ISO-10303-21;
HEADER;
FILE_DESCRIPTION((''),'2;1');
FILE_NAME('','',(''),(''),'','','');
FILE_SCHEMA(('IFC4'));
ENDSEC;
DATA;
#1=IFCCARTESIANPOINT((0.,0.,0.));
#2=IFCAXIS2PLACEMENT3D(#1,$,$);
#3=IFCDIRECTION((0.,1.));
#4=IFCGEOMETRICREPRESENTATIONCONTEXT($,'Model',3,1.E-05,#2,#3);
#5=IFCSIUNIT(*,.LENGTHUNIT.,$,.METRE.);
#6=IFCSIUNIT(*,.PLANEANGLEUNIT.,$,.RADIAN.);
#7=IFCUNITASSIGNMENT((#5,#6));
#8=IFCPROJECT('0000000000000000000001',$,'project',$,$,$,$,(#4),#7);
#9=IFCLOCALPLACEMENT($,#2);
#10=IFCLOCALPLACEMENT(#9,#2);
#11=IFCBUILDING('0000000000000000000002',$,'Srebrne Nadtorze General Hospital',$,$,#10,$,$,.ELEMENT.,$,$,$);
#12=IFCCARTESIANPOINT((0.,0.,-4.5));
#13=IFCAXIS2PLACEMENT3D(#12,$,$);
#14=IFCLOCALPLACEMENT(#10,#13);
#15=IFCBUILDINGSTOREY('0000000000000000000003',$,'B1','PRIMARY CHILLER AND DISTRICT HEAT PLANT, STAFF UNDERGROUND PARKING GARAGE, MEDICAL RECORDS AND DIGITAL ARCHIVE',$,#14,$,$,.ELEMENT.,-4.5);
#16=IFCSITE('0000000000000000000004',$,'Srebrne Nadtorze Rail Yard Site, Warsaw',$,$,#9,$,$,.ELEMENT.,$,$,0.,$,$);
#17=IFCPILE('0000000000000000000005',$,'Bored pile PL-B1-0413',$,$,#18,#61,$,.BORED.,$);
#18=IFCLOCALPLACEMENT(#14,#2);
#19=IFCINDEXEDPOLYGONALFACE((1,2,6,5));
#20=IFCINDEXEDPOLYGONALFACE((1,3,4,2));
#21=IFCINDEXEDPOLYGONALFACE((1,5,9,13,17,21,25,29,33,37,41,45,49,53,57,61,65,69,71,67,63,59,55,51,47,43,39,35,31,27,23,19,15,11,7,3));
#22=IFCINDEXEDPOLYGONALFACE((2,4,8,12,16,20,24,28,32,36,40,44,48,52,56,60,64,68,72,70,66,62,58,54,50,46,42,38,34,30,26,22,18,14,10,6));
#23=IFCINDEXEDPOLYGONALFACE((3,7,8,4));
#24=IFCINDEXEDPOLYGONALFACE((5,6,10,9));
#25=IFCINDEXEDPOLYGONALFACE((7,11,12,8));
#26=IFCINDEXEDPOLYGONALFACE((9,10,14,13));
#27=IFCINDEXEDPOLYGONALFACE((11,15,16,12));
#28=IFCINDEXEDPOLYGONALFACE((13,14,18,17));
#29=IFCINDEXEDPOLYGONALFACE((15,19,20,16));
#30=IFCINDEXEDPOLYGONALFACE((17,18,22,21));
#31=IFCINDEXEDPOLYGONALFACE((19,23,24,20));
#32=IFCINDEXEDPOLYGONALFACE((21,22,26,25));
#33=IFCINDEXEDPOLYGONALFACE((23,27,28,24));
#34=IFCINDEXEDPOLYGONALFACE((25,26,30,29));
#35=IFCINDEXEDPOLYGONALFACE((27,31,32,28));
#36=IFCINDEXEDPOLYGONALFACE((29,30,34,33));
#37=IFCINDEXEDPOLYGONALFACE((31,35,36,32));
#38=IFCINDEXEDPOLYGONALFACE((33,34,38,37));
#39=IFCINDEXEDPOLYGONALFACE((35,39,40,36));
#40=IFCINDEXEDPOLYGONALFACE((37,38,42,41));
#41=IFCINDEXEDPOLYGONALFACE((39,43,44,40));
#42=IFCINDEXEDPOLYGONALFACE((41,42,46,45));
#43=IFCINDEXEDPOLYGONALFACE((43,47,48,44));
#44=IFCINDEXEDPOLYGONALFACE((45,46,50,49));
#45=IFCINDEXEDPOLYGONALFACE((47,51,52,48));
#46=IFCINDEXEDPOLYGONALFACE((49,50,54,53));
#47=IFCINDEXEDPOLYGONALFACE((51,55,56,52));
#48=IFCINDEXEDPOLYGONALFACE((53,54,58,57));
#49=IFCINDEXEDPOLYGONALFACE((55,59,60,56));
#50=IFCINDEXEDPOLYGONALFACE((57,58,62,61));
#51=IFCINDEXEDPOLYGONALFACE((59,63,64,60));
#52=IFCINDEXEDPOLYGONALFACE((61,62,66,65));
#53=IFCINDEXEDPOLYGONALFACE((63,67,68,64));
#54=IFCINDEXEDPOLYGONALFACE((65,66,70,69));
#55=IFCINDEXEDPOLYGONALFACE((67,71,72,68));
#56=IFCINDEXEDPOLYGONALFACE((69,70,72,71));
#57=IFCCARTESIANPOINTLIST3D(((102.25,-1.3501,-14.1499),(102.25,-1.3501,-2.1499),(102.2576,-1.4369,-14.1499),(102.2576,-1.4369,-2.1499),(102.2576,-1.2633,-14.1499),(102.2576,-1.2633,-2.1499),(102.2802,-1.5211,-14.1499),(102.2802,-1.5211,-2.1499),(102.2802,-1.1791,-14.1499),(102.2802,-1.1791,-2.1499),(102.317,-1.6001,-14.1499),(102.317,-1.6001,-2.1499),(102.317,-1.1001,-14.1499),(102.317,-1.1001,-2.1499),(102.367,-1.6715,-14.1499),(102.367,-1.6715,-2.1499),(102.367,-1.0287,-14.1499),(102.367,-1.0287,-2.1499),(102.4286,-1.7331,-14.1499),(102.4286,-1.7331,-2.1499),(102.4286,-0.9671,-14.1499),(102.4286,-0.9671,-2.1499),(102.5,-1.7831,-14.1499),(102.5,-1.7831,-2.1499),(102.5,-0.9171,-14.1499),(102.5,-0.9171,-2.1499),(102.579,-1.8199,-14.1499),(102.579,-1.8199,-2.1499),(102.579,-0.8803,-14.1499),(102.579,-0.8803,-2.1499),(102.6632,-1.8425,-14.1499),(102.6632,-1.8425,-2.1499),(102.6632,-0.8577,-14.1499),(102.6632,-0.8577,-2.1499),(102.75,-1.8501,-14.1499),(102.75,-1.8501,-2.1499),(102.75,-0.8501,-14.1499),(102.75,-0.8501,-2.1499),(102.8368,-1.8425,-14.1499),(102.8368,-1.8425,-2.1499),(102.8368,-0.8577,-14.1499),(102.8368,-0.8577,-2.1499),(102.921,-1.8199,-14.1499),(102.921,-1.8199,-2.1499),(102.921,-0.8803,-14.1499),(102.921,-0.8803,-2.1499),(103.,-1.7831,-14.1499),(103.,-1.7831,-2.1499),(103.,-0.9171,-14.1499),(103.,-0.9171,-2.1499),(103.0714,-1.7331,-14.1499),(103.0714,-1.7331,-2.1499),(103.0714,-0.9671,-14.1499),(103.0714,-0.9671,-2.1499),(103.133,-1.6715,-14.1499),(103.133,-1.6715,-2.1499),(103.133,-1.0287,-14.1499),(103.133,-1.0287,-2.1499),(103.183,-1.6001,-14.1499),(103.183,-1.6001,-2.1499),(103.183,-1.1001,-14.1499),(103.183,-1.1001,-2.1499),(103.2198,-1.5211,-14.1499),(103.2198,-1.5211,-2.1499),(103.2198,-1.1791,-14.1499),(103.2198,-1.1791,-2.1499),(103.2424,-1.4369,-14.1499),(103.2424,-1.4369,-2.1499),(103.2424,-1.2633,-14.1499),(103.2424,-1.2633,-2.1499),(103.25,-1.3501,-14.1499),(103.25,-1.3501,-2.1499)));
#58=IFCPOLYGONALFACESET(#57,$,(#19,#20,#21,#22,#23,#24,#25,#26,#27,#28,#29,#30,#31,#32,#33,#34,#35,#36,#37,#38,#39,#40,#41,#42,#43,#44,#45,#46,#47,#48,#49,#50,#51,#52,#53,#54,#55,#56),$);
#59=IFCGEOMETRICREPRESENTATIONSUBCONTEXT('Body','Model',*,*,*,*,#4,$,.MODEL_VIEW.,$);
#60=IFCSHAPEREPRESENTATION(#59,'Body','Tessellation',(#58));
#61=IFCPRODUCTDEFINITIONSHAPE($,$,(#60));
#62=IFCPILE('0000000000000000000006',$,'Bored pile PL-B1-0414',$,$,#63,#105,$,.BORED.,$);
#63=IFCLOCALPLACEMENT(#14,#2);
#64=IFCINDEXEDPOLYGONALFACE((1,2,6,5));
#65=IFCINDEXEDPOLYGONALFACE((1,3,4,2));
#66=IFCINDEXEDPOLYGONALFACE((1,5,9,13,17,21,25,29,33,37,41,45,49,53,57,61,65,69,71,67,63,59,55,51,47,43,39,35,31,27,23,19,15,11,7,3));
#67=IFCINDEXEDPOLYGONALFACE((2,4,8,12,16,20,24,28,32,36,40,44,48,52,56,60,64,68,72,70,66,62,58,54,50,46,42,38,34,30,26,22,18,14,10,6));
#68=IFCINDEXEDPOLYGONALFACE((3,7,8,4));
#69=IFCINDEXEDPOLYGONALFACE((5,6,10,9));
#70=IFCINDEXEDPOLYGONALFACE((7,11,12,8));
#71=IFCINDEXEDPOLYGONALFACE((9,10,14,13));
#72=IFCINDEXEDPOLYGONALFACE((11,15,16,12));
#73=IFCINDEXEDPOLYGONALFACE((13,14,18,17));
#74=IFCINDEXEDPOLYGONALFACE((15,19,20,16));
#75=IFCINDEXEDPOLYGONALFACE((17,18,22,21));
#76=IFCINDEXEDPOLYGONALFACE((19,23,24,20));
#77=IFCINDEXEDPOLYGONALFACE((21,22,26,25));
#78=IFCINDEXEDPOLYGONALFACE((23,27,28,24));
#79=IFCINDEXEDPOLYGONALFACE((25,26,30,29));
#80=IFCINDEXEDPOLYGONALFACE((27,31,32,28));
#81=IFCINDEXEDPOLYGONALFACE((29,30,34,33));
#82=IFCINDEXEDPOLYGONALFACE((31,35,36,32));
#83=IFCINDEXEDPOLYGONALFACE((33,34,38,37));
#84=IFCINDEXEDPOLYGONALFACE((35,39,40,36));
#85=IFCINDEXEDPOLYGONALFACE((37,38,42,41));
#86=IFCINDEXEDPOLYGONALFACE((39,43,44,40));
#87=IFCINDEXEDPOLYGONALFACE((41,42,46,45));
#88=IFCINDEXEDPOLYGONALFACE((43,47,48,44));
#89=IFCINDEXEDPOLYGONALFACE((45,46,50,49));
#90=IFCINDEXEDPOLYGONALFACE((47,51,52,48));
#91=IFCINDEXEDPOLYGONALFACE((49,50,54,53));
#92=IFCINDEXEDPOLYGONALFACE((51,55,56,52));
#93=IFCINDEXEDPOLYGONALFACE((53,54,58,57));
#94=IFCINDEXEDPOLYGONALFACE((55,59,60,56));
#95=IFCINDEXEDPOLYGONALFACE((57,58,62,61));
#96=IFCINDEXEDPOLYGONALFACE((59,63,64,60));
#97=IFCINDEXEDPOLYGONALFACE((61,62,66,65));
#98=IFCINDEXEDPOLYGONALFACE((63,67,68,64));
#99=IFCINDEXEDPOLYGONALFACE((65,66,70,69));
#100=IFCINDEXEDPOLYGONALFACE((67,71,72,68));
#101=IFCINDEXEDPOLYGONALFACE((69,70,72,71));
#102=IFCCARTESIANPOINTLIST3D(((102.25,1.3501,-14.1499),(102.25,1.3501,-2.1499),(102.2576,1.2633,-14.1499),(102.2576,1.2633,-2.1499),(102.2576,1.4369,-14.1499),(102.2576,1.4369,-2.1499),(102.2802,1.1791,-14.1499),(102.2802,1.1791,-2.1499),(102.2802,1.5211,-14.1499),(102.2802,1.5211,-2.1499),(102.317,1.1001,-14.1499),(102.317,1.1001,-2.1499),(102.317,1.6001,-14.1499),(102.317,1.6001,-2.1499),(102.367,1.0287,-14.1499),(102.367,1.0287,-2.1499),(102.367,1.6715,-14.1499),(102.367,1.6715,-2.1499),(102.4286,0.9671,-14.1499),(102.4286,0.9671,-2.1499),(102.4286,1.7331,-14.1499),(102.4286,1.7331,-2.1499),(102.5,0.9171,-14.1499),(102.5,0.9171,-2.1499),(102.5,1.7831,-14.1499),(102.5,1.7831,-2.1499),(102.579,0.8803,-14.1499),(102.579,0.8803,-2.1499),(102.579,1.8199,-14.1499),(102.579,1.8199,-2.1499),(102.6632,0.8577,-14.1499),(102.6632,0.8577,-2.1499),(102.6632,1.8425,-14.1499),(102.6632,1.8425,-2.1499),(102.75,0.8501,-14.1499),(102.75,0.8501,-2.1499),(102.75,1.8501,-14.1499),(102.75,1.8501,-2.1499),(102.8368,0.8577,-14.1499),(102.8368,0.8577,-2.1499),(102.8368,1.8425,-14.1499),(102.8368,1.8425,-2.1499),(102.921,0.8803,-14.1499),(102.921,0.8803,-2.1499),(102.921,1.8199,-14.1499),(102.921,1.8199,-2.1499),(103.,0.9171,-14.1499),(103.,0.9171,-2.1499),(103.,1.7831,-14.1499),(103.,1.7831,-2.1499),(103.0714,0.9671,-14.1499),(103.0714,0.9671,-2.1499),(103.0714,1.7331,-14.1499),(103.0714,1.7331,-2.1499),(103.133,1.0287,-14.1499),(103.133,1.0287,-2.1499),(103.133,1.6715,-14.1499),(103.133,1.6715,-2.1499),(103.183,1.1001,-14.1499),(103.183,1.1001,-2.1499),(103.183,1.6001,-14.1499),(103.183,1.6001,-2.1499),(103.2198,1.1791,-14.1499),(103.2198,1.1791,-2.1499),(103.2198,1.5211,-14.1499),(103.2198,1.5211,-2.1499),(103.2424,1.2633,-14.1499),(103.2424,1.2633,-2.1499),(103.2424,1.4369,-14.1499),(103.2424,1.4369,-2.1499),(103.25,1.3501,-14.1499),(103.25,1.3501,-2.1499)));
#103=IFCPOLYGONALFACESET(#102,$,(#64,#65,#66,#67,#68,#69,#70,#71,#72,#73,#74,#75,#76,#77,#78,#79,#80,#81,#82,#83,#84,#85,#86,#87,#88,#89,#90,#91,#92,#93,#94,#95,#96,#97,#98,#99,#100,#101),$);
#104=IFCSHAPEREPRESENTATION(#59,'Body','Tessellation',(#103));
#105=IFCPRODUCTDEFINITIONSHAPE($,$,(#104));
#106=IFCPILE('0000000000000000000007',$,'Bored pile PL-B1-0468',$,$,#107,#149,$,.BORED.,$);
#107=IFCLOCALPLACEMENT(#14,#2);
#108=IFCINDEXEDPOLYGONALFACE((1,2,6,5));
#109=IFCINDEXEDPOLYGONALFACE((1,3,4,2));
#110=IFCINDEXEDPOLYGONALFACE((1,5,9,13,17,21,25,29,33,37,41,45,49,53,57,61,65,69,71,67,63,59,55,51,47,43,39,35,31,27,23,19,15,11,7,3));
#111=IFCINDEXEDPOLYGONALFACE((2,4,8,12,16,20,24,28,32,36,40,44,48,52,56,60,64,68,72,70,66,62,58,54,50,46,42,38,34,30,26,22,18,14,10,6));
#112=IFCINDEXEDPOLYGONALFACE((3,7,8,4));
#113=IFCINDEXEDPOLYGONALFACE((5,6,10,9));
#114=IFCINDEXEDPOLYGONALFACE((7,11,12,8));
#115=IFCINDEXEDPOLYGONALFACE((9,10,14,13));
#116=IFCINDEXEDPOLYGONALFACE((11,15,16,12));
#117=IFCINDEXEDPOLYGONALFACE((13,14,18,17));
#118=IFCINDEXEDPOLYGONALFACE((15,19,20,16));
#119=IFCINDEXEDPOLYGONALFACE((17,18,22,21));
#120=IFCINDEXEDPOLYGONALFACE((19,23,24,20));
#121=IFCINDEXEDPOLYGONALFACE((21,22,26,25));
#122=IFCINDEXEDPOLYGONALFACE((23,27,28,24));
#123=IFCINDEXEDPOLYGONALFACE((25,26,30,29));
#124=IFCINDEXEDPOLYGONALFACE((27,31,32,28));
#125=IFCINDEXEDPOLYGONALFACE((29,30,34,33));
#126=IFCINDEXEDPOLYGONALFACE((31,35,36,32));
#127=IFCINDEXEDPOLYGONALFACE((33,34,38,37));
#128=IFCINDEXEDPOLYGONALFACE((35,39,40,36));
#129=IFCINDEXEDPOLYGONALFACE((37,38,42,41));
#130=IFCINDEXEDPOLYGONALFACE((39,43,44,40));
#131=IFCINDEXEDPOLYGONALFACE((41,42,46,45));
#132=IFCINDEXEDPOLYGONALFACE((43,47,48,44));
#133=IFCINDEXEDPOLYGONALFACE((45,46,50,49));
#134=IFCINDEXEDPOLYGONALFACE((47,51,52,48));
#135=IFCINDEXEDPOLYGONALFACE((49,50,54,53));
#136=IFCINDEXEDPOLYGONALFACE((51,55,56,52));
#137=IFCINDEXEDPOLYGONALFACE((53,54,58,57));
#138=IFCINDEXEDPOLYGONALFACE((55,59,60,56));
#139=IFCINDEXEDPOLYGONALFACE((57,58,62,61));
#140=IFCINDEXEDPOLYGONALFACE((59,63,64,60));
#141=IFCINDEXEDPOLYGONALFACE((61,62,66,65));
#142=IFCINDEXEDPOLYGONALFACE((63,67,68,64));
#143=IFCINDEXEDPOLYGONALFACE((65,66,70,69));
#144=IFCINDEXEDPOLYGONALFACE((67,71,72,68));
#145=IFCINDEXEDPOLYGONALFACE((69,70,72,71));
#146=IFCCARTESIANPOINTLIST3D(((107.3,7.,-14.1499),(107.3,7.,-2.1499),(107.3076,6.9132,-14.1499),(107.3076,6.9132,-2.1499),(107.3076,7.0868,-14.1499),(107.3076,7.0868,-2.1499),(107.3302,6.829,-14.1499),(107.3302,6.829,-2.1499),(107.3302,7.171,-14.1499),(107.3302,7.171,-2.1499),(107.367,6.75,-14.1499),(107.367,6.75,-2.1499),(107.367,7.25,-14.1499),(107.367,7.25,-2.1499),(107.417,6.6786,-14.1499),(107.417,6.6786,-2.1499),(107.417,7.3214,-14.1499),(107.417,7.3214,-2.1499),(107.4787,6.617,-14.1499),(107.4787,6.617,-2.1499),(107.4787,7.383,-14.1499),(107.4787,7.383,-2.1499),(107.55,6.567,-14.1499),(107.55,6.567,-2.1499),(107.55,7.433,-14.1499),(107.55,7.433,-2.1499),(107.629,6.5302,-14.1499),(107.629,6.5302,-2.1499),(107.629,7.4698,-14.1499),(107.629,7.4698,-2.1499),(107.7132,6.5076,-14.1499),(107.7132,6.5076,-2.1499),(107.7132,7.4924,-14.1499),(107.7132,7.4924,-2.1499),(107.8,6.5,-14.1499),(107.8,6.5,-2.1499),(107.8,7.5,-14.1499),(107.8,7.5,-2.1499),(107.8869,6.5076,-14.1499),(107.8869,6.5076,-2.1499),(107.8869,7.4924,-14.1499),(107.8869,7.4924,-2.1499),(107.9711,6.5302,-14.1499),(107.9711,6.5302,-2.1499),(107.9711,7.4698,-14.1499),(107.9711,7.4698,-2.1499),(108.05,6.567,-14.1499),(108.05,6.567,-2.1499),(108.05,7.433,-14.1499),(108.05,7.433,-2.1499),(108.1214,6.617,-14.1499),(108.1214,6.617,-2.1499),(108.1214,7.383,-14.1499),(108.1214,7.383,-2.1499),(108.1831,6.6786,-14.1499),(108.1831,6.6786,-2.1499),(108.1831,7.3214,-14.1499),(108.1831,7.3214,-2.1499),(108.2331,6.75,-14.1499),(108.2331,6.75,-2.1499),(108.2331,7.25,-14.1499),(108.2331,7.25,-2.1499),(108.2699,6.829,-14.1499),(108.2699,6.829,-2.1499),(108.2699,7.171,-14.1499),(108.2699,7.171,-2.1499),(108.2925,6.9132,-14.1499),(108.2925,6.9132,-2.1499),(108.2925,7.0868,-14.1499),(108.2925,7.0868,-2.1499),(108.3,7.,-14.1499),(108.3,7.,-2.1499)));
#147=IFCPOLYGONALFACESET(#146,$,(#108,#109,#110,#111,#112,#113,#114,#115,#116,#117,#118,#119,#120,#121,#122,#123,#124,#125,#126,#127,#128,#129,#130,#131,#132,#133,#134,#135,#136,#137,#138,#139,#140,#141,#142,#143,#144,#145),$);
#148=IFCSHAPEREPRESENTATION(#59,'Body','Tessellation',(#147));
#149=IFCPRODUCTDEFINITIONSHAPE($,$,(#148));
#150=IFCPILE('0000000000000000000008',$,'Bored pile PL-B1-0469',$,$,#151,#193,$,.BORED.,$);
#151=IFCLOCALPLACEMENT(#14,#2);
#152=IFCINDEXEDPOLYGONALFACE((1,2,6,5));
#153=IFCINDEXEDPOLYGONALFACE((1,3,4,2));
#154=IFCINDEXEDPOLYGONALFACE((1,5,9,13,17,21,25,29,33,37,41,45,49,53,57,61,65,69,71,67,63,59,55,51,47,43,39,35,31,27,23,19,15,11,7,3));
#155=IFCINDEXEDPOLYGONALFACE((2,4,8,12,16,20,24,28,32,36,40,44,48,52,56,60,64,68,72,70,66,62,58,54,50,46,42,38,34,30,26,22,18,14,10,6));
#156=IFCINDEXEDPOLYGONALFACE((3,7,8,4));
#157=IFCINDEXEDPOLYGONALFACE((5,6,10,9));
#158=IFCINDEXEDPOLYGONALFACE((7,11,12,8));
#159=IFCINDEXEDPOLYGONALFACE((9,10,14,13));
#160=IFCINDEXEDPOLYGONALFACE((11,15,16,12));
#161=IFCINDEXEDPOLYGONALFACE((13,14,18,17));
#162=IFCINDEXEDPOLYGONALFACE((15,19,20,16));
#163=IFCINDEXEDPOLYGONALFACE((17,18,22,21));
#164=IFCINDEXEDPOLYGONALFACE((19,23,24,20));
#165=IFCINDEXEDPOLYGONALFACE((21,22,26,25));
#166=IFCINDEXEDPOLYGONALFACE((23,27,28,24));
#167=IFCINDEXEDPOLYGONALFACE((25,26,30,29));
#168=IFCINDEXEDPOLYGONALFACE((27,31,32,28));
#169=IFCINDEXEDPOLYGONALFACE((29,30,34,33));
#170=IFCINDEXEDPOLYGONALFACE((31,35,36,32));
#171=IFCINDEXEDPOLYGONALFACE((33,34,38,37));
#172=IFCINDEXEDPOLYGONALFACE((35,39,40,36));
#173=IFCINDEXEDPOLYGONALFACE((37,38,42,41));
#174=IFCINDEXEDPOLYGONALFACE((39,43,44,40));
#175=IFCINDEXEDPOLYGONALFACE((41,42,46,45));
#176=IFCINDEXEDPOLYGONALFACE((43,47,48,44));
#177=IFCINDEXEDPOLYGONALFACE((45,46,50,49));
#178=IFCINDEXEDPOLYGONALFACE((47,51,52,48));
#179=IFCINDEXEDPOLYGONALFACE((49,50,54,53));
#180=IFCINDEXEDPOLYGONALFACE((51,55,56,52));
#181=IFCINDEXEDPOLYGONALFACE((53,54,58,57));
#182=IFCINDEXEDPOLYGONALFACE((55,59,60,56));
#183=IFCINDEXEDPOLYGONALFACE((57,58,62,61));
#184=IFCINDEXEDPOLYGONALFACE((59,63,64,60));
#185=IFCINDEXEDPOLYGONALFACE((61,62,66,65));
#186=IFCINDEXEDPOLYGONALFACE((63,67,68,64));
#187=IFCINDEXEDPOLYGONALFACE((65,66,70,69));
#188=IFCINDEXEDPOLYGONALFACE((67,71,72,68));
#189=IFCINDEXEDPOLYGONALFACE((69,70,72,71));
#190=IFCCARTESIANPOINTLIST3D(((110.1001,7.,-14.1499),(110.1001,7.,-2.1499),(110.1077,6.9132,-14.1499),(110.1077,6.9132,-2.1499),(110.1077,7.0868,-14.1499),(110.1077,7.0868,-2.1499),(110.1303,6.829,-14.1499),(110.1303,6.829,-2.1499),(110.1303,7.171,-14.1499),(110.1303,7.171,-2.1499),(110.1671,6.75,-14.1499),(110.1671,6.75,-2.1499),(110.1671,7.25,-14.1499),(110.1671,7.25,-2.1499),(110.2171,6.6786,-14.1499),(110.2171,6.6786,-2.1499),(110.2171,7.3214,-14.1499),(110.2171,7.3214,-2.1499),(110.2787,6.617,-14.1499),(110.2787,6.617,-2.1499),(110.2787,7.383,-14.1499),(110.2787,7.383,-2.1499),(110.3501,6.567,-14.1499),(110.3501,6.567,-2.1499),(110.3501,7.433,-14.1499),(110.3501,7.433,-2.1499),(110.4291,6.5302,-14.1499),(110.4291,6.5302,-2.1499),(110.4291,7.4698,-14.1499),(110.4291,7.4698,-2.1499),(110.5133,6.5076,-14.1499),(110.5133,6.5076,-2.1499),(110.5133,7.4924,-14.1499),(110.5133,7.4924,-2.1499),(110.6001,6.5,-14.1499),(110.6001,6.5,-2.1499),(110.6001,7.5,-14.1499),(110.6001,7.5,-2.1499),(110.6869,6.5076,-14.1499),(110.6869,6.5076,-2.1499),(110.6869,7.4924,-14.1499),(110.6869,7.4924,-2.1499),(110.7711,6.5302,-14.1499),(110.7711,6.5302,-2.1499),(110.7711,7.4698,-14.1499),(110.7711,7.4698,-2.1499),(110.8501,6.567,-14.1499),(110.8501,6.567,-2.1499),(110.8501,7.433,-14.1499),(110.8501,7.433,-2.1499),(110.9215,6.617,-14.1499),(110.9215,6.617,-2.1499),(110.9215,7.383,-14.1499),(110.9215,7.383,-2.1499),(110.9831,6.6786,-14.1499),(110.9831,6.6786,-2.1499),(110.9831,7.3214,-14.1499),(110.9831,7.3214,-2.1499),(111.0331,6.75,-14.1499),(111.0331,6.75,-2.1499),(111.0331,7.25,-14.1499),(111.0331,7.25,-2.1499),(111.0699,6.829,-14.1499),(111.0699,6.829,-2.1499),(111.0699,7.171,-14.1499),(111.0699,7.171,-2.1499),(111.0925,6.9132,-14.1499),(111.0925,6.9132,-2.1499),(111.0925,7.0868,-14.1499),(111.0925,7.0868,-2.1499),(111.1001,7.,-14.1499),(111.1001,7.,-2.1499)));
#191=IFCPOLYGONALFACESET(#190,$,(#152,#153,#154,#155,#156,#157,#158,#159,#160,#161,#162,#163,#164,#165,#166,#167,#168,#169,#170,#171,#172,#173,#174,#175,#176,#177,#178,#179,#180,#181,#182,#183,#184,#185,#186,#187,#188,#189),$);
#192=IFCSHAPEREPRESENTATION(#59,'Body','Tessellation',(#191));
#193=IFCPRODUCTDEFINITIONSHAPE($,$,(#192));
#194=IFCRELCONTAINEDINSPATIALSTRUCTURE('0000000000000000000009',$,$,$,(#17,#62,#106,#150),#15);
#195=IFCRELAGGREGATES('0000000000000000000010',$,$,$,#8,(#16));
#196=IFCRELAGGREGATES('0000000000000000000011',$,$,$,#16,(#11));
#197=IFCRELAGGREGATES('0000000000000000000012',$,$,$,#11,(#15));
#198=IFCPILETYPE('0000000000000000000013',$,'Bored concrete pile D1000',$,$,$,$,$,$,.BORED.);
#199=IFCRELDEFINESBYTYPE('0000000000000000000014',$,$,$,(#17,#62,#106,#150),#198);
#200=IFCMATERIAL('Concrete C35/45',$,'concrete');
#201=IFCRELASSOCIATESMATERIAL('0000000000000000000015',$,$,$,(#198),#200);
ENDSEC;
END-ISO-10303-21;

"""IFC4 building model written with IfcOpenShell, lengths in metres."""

from ifc_helpers import new_model, si_unit, direction, frame, origin, origin_2d, place, context, subcontext, project, spatial, circle, extrude, material, material_profile, profile_set, type_object, element, save


model = new_model("IFC4")

# Units and contexts
model_context = context("Model", 3, precision=1e-05, world=origin(), true_north=direction((0.0, 1.0)))
body_context = subcontext(model_context, "Body", "Model", "MODEL_VIEW")
ifc_project = project(units=[si_unit("LENGTHUNIT", "METRE"), si_unit("PLANEANGLEUNIT", "RADIAN")], contexts=[model_context])

# Site, building, storey
site_placement = place(None, origin())
site = spatial("IfcSite", under=ifc_project, at=site_placement, Name="Srebrne Nadtorze Rail Yard Site, Warsaw", CompositionType="ELEMENT", RefElevation=0.0)
building_placement = place(site_placement, origin())
building = spatial("IfcBuilding", under=site, at=building_placement, Name="Srebrne Nadtorze General Hospital", CompositionType="ELEMENT")
storey_placement = place(building_placement, frame((0.0, 0.0, -4.5)))
storey = spatial("IfcBuildingStorey", under=building, at=storey_placement, Name="B1", Description="PRIMARY CHILLER AND DISTRICT HEAT PLANT, STAFF UNDERGROUND PARKING GARAGE, MEDICAL RECORDS AND DIGITAL ARCHIVE", CompositionType="ELEMENT", Elevation=-4.5)

# Piles
ifc_material_1 = material(Name="Concrete C35/45", Category="concrete")
ifc_material_profile_1 = material_profile(ifc_material_1, circle(Radius=0.5, at=origin_2d()), Name="PILE-D1000")
ifc_profile_set_1 = profile_set([ifc_material_profile_1], Name="Concrete C35/45")
pile_type_1 = type_object("IfcPileType", Name="Bored concrete pile D1000", PredefinedType="BORED", material=ifc_profile_set_1)
for number, where, z_axis, x_axis, name in (
    (1, (102.75, -1.3501, -2.1499), (0.0, 0.0, -1.0), (1.0, 0.0, 0.0), "Bored pile PL-B1-0413"),
    (2, (102.75, 1.3501, -2.1499), (0.0, 0.0, -1.0), (1.0, 0.0, 0.0), "Bored pile PL-B1-0414"),
    (3, (107.8, 7.0, -2.1499), (0.0, 0.0, -1.0), (1.0, 0.0, 0.0), "Bored pile PL-B1-0468"),
    (4, (110.6001, 7.0, -2.1499), (0.0, 0.0, -1.0), (1.0, 0.0, 0.0), "Bored pile PL-B1-0469"),
):
    element("IfcPile", number, at=place(storey_placement, frame(where, z_axis=z_axis, x_axis=x_axis)), inside=storey, type_object=pile_type_1, Name=name, PredefinedType="BORED", context=body_context, shape_type="SweptSolid", body=[
        extrude(circle(Radius=0.5, at=origin_2d()), origin(), (0.0, 0.0, 1.0), 12.0),
    ])

save(model, "model.ifc")
